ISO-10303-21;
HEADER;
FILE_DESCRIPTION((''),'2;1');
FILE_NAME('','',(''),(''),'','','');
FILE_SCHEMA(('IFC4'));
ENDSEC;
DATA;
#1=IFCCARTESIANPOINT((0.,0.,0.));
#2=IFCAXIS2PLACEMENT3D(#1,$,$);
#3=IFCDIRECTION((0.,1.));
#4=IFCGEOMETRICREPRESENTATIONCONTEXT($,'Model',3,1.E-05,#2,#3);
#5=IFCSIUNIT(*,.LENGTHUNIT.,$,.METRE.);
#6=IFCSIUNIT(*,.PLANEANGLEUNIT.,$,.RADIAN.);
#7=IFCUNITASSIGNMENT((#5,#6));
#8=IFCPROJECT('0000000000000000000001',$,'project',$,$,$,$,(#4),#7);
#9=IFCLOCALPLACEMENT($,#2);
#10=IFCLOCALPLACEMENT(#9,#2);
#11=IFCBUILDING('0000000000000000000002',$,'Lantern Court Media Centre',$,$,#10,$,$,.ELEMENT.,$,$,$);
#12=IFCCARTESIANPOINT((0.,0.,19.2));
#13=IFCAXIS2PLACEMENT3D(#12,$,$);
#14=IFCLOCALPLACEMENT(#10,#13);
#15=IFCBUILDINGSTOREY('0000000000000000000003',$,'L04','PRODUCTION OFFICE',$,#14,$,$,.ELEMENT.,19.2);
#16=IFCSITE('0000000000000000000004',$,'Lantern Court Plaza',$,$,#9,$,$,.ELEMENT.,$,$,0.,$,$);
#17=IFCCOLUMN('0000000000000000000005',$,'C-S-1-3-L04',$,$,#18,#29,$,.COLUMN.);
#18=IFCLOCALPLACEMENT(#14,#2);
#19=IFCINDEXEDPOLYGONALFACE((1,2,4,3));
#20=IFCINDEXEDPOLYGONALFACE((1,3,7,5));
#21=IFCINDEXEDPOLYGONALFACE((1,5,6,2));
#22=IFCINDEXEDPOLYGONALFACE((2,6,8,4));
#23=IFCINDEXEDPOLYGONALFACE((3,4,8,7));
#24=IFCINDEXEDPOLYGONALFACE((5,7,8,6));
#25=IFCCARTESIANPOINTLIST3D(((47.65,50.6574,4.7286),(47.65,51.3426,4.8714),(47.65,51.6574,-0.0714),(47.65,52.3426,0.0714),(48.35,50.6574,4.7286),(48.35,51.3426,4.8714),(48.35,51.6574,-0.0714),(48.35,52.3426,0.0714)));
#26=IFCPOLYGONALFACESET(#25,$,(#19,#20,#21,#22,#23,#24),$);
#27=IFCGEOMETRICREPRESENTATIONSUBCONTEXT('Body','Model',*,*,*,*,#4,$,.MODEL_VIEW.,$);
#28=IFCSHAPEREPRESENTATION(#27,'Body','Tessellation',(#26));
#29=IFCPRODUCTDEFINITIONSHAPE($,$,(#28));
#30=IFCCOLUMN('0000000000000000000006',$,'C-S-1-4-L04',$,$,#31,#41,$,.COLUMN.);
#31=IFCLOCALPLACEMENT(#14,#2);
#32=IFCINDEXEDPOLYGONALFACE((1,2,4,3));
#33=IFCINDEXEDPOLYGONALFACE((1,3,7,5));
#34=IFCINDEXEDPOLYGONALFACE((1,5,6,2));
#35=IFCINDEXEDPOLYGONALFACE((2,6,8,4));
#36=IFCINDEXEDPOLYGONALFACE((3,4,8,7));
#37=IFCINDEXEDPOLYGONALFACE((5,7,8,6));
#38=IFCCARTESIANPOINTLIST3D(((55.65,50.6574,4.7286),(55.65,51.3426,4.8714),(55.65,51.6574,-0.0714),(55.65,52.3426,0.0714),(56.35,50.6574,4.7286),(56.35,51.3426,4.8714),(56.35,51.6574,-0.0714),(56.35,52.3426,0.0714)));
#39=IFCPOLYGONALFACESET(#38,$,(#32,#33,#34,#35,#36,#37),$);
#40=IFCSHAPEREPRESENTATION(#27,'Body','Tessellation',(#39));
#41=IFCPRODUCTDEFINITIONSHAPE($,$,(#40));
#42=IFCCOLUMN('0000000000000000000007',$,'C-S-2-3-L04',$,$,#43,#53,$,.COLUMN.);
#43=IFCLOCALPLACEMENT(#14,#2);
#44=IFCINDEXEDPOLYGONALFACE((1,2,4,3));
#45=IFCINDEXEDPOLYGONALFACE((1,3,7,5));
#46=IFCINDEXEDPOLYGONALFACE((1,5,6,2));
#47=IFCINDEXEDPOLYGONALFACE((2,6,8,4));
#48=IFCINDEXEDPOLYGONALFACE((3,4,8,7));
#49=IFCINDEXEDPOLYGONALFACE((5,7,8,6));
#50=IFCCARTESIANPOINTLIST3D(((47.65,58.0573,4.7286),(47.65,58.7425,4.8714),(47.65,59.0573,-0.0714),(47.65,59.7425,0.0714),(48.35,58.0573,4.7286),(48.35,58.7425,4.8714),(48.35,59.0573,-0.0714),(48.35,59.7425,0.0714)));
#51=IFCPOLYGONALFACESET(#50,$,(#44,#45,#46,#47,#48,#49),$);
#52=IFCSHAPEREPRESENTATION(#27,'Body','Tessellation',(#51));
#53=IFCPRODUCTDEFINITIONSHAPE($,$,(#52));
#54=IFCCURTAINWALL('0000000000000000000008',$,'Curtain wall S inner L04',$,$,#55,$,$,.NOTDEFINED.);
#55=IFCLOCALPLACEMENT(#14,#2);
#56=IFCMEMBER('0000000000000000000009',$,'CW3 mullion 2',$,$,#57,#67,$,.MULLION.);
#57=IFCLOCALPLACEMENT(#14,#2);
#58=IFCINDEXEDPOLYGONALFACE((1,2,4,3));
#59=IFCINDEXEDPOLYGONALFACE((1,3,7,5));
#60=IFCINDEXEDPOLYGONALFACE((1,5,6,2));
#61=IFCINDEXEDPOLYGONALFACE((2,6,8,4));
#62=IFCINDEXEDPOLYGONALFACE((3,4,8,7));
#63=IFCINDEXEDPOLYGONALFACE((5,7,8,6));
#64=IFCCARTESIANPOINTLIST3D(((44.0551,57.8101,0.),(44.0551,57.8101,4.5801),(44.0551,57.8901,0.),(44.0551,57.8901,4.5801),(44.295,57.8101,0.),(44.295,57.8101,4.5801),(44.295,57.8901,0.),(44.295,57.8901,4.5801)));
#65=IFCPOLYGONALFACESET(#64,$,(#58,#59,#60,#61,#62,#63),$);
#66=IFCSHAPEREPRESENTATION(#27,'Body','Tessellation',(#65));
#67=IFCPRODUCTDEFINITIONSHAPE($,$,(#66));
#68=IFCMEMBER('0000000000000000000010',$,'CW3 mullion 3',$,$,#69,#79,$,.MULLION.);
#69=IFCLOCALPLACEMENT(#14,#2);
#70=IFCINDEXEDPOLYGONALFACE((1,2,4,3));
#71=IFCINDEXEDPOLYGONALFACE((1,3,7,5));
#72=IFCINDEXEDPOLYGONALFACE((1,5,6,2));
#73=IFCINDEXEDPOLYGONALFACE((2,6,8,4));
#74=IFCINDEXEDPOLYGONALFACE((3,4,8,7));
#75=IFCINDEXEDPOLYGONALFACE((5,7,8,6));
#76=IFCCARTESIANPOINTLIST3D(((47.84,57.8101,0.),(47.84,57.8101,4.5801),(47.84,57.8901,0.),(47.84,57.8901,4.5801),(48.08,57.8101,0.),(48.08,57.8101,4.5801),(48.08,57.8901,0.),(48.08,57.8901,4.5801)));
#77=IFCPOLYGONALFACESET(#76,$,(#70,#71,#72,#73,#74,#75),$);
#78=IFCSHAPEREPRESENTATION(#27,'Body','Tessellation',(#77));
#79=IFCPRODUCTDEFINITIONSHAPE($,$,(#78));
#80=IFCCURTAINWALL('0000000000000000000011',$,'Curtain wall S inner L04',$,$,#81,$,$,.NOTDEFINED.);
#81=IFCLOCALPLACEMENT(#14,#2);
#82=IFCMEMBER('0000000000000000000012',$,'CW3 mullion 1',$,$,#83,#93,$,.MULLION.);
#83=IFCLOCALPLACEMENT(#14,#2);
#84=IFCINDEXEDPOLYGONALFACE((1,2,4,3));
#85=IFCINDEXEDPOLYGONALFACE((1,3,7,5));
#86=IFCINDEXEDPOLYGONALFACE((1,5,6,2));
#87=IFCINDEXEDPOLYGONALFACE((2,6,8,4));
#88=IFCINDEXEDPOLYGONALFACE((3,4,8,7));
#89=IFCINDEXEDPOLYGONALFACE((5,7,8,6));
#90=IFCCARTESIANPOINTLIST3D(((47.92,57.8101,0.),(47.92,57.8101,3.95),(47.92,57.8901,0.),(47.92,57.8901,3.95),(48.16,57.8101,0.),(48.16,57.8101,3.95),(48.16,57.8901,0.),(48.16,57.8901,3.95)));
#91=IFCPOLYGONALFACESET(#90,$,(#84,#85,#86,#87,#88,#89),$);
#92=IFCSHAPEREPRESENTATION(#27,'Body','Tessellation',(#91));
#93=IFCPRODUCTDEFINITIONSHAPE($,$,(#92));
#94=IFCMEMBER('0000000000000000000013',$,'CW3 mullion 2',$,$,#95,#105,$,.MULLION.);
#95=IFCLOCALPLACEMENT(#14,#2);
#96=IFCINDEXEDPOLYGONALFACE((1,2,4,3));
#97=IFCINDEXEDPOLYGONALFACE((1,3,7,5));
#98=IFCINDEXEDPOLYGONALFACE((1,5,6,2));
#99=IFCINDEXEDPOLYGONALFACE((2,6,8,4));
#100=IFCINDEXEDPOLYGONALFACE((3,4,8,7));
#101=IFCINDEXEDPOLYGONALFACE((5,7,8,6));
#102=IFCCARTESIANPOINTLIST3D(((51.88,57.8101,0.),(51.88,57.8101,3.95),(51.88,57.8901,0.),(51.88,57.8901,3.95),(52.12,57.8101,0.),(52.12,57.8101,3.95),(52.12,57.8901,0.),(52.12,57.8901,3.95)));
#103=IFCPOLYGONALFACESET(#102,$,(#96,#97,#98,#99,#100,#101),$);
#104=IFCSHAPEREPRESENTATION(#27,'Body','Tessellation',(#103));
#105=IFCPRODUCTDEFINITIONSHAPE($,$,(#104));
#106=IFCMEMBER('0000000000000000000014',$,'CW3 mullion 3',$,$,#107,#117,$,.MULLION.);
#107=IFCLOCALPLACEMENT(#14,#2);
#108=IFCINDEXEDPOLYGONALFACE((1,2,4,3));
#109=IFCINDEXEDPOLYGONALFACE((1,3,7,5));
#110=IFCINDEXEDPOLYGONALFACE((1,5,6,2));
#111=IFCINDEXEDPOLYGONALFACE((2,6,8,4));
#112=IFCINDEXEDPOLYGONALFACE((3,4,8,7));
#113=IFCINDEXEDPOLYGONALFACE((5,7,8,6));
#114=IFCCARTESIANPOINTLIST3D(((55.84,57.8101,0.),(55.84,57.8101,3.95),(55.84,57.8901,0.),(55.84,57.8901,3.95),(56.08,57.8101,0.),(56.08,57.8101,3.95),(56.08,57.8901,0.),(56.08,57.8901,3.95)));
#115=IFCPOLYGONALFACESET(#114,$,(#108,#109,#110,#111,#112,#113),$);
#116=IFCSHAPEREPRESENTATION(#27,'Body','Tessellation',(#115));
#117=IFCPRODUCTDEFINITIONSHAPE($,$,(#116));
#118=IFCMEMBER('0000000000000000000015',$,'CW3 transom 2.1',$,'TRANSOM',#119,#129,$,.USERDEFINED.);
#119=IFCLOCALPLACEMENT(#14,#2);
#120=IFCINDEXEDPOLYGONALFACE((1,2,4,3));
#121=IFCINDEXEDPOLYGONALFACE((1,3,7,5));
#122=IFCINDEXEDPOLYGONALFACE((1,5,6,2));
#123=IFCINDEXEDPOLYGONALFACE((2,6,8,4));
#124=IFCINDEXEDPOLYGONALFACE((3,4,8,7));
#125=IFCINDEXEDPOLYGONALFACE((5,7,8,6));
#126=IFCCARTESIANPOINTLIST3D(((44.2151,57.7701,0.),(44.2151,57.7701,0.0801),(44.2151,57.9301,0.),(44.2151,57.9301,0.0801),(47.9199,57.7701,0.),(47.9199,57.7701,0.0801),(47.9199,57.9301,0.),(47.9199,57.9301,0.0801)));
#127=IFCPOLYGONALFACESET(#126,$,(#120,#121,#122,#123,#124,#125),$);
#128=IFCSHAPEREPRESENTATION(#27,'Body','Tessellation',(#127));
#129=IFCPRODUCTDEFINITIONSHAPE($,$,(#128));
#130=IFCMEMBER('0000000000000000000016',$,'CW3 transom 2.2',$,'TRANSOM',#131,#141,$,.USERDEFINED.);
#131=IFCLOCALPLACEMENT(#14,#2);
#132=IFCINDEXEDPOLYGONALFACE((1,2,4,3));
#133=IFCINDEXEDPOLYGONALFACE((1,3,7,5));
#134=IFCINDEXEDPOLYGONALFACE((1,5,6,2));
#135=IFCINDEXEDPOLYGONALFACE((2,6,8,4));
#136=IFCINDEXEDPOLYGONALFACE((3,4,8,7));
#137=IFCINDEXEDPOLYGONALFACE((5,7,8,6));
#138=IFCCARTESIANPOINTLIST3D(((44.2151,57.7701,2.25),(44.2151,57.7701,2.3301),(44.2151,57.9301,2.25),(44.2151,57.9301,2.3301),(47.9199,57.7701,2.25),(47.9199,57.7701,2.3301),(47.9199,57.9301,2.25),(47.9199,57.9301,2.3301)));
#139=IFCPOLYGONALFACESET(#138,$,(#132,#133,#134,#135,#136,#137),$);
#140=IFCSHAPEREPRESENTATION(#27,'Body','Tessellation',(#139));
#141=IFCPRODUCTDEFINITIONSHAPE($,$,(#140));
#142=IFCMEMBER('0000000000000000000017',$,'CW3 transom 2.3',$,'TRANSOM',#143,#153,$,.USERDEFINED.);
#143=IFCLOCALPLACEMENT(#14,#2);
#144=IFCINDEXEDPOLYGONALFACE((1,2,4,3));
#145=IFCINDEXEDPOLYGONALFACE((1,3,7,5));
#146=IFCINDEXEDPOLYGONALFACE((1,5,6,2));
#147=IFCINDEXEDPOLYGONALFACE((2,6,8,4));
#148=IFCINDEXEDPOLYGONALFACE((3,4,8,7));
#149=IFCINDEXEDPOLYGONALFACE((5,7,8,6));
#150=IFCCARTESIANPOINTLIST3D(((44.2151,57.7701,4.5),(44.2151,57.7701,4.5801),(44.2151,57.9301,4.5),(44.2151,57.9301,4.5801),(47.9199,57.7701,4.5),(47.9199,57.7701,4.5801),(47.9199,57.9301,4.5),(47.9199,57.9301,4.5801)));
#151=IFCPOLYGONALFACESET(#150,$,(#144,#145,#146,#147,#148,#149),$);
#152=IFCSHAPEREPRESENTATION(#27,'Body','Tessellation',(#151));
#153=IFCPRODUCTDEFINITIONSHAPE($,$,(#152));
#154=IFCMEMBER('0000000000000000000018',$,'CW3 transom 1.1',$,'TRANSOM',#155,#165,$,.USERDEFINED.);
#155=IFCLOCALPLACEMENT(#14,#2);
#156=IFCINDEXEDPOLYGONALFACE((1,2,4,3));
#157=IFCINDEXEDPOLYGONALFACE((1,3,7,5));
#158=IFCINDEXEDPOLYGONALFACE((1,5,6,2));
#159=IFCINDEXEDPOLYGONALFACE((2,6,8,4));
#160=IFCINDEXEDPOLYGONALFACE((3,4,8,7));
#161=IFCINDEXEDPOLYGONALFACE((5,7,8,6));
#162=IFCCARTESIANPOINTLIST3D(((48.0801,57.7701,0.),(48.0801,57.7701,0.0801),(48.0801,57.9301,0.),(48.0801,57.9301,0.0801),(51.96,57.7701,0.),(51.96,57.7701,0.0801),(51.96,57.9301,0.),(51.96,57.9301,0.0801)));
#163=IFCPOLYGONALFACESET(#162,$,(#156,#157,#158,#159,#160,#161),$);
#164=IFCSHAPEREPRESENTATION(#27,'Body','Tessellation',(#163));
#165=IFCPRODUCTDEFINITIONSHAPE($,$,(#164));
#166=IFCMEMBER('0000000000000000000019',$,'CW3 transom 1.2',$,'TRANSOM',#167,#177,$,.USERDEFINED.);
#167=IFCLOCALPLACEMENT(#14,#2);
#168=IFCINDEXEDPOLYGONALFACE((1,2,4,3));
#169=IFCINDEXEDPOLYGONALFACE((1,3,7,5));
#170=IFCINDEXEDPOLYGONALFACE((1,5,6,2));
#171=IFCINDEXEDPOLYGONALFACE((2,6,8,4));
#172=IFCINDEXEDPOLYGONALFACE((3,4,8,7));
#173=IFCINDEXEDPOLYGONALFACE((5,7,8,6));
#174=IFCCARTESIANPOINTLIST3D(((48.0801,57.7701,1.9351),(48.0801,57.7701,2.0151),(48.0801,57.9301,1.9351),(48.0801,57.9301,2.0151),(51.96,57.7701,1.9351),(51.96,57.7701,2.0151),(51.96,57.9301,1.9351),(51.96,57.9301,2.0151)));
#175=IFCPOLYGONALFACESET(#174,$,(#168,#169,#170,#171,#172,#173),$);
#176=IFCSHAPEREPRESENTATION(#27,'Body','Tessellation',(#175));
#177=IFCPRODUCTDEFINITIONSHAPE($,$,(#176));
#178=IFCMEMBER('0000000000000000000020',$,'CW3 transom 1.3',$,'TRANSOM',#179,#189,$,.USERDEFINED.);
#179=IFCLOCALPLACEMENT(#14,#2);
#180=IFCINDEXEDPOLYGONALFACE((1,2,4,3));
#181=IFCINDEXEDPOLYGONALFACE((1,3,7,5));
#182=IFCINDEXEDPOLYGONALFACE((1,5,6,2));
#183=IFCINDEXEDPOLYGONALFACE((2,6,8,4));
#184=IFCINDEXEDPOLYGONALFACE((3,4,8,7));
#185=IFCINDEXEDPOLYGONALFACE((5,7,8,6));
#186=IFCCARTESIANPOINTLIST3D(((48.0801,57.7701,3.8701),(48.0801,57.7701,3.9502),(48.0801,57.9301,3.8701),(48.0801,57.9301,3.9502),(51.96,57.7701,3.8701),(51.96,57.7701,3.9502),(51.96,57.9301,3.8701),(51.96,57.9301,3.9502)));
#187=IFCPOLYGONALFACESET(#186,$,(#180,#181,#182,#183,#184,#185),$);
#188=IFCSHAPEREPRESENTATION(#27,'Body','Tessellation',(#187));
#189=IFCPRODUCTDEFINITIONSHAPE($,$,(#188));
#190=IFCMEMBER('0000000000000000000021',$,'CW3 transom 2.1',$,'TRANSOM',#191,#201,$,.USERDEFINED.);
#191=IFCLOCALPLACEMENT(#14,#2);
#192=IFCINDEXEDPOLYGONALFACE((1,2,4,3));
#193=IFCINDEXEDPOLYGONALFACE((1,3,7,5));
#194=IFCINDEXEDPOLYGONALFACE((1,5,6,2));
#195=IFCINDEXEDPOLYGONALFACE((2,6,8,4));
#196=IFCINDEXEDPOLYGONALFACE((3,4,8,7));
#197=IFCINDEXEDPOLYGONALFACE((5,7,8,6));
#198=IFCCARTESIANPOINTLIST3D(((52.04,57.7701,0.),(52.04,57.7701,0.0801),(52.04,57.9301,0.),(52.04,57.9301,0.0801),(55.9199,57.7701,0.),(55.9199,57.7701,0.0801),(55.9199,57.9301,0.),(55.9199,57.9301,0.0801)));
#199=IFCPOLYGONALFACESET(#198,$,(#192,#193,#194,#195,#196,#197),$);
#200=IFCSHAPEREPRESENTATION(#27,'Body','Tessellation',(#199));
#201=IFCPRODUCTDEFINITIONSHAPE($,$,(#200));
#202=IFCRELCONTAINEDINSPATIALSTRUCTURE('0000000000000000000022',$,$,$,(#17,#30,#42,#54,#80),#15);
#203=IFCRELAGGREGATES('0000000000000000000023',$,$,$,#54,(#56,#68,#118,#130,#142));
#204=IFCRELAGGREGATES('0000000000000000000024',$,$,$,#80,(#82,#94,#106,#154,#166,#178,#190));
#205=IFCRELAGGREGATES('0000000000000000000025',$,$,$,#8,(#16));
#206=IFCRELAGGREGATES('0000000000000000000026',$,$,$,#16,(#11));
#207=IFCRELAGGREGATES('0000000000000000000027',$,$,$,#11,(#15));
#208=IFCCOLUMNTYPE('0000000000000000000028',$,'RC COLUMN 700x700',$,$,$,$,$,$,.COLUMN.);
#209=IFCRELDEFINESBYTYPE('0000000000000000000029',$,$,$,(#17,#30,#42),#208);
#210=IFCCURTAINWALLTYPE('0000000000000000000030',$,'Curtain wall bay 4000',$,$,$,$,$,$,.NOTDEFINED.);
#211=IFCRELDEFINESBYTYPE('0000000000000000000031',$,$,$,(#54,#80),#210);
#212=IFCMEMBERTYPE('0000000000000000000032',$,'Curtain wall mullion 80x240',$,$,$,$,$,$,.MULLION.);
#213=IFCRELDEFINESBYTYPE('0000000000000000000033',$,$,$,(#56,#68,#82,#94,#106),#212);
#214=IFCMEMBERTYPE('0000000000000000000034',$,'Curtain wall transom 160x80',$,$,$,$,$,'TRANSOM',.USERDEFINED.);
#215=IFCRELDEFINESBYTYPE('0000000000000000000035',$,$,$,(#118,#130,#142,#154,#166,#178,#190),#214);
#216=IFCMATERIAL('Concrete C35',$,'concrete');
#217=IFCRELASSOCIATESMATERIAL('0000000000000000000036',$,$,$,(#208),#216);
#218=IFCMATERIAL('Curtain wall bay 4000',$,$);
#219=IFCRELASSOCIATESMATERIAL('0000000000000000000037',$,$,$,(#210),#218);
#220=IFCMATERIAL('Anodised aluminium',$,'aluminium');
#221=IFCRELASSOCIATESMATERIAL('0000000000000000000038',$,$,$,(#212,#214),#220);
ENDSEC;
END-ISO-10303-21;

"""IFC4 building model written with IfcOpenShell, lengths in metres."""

from ifc_helpers import new_model, si_unit, direction, frame, origin, origin_2d, place, context, subcontext, project, spatial, rectangle, extrude, material, material_profile, profile_set, type_object, element, aggregate, save


model = new_model("IFC4")

# Units and contexts
model_context = context("Model", 3, precision=1e-05, world=origin(), true_north=direction((0.0, 1.0)))
body_context = subcontext(model_context, "Body", "Model", "MODEL_VIEW")
ifc_project = project(units=[si_unit("LENGTHUNIT", "METRE"), si_unit("PLANEANGLEUNIT", "RADIAN")], contexts=[model_context])

# Site, building, storey
site_placement = place(None, origin())
site = spatial("IfcSite", under=ifc_project, at=site_placement, Name="Lantern Court Plaza", CompositionType="ELEMENT", RefElevation=0.0)
building_placement = place(site_placement, origin())
building = spatial("IfcBuilding", under=site, at=building_placement, Name="Lantern Court Media Centre", CompositionType="ELEMENT")
storey_placement = place(building_placement, frame((0.0, 0.0, 19.2)))
storey = spatial("IfcBuildingStorey", under=building, at=storey_placement, Name="L04", Description="PRODUCTION OFFICE", CompositionType="ELEMENT", Elevation=19.2)

# Columns
ifc_material_1 = material(Name="Concrete C35", Category="concrete")
ifc_material_profile_1 = material_profile(ifc_material_1, rectangle(XDim=0.7, YDim=0.7, at=origin_2d()), Name="RC 700x700")
ifc_profile_set_1 = profile_set([ifc_material_profile_1], Name="Concrete C35")
column_type = type_object("IfcColumnType", Name="RC COLUMN 700x700", PredefinedType="COLUMN", material=ifc_profile_set_1)
for number, where, z_axis, x_axis, name in (
    (1, (48.0, 52.0, 0.0), (0.0, -0.203952, 0.978981), (1.0, 0.0, 0.0), "C-S-1-3-L04"),
    (2, (56.0, 52.0, 0.0), (0.0, -0.203952, 0.978981), (1.0, 0.0, 0.0), "C-S-1-4-L04"),
    (3, (48.0, 59.3999, 0.0), (0.0, -0.203952, 0.978981), (1.0, 0.0, 0.0), "C-S-2-3-L04"),
):
    element("IfcColumn", number, at=place(storey_placement, frame(where, z_axis=z_axis, x_axis=x_axis)), inside=storey, type_object=column_type, Name=name, PredefinedType="COLUMN", context=body_context, shape_type="SweptSolid", body=[
        extrude(rectangle(XDim=0.7, YDim=0.7, at=origin_2d()), origin(), (0.0, 0.0, 1.0), 4.9031),
    ])

# Curtain walls, members
ifc_material_2 = material(Name="Curtain wall bay 4000")
curtain_wall_type = type_object("IfcCurtainWallType", Name="Curtain wall bay 4000", PredefinedType="NOTDEFINED", material=ifc_material_2)
curtain_wall_1_placement = place(storey_placement, origin())
curtain_wall_1 = element("IfcCurtainWall", 4, at=curtain_wall_1_placement, inside=storey, type_object=curtain_wall_type, Name="Curtain wall S inner L04", PredefinedType="NOTDEFINED")
ifc_material_3 = material(Name="Anodised aluminium", Category="aluminium")
ifc_material_profile_2 = material_profile(ifc_material_3, rectangle(XDim=0.0801, YDim=0.24, at=origin_2d()), Name="AL 80x240")
ifc_profile_set_2 = profile_set([ifc_material_profile_2], Name="Anodised aluminium")
member_type_1 = type_object("IfcMemberType", Name="Curtain wall mullion 80x240", PredefinedType="MULLION", material=ifc_profile_set_2)
member_1_placement = place(storey_placement, frame((44.175, 57.8501, 0.0), z_axis=(0.0, 0.0, 1.0), x_axis=(0.0, 1.0, 0.0)))
member_1 = element("IfcMember", 5, at=member_1_placement, type_object=member_type_1, Name="CW3 mullion 2", PredefinedType="MULLION", context=body_context, shape_type="SweptSolid", body=[
    extrude(rectangle(XDim=0.0801, YDim=0.24, at=origin_2d()), origin(), (0.0, 0.0, 1.0), 4.5801),
])
member_2_placement = place(storey_placement, frame((47.96, 57.8501, 0.0), z_axis=(0.0, 0.0, 1.0), x_axis=(0.0, 1.0, 0.0)))
member_2 = element("IfcMember", 6, at=member_2_placement, type_object=member_type_1, Name="CW3 mullion 3", PredefinedType="MULLION", context=body_context, shape_type="SweptSolid", body=[
    extrude(rectangle(XDim=0.0801, YDim=0.24, at=origin_2d()), origin(), (0.0, 0.0, 1.0), 4.5801),
])
curtain_wall_2_placement = place(storey_placement, origin())
curtain_wall_2 = element("IfcCurtainWall", 7, at=curtain_wall_2_placement, inside=storey, type_object=curtain_wall_type, Name="Curtain wall S inner L04", PredefinedType="NOTDEFINED")
member_3_placement = place(storey_placement, frame((48.04, 57.8501, 0.0), z_axis=(0.0, 0.0, 1.0), x_axis=(0.0, 1.0, 0.0)))
member_3 = element("IfcMember", 8, at=member_3_placement, type_object=member_type_1, Name="CW3 mullion 1", PredefinedType="MULLION", context=body_context, shape_type="SweptSolid", body=[
    extrude(rectangle(XDim=0.0801, YDim=0.24, at=origin_2d()), origin(), (0.0, 0.0, 1.0), 3.95),
])
member_4_placement = place(storey_placement, frame((52.0, 57.8501, 0.0), z_axis=(0.0, 0.0, 1.0), x_axis=(0.0, 1.0, 0.0)))
member_4 = element("IfcMember", 9, at=member_4_placement, type_object=member_type_1, Name="CW3 mullion 2", PredefinedType="MULLION", context=body_context, shape_type="SweptSolid", body=[
    extrude(rectangle(XDim=0.0801, YDim=0.24, at=origin_2d()), origin(), (0.0, 0.0, 1.0), 3.95),
])
member_5_placement = place(storey_placement, frame((55.96, 57.8501, 0.0), z_axis=(0.0, 0.0, 1.0), x_axis=(0.0, 1.0, 0.0)))
member_5 = element("IfcMember", 10, at=member_5_placement, type_object=member_type_1, Name="CW3 mullion 3", PredefinedType="MULLION", context=body_context, shape_type="SweptSolid", body=[
    extrude(rectangle(XDim=0.0801, YDim=0.24, at=origin_2d()), origin(), (0.0, 0.0, 1.0), 3.95),
])

# Members
ifc_material_profile_3 = material_profile(ifc_material_3, rectangle(XDim=0.1599, YDim=0.0801, at=origin_2d()), Name="AL 80x160")
ifc_profile_set_3 = profile_set([ifc_material_profile_3], Name="Anodised aluminium")
member_type_2 = type_object("IfcMemberType", Name="Curtain wall transom 160x80", ElementType="TRANSOM", PredefinedType="USERDEFINED", material=ifc_profile_set_3)
member_6_placement = place(storey_placement, frame((44.2151, 57.8501, 0.04), z_axis=(1.0, 0.0, 0.0), x_axis=(0.0, 1.0, 0.0)))
member_6 = element("IfcMember", 11, at=member_6_placement, type_object=member_type_2, Name="CW3 transom 2.1", ObjectType="TRANSOM", PredefinedType="USERDEFINED", context=body_context, shape_type="SweptSolid", body=[
    extrude(rectangle(XDim=0.1599, YDim=0.0801, at=origin_2d()), origin(), (0.0, 0.0, 1.0), 3.7048),
])
member_7_placement = place(storey_placement, frame((44.2151, 57.8501, 2.29), z_axis=(1.0, 0.0, 0.0), x_axis=(0.0, 1.0, 0.0)))
member_7 = element("IfcMember", 12, at=member_7_placement, type_object=member_type_2, Name="CW3 transom 2.2", ObjectType="TRANSOM", PredefinedType="USERDEFINED", context=body_context, shape_type="SweptSolid", body=[
    extrude(rectangle(XDim=0.1599, YDim=0.0801, at=origin_2d()), origin(), (0.0, 0.0, 1.0), 3.7048),
])
member_8_placement = place(storey_placement, frame((44.2151, 57.8501, 4.54), z_axis=(1.0, 0.0, 0.0), x_axis=(0.0, 1.0, 0.0)))
member_8 = element("IfcMember", 13, at=member_8_placement, type_object=member_type_2, Name="CW3 transom 2.3", ObjectType="TRANSOM", PredefinedType="USERDEFINED", context=body_context, shape_type="SweptSolid", body=[
    extrude(rectangle(XDim=0.1599, YDim=0.0801, at=origin_2d()), origin(), (0.0, 0.0, 1.0), 3.7048),
])
member_9_placement = place(storey_placement, frame((48.0801, 57.8501, 0.04), z_axis=(1.0, 0.0, 0.0), x_axis=(0.0, 1.0, 0.0)))
member_9 = element("IfcMember", 14, at=member_9_placement, type_object=member_type_2, Name="CW3 transom 1.1", ObjectType="TRANSOM", PredefinedType="USERDEFINED", context=body_context, shape_type="SweptSolid", body=[
    extrude(rectangle(XDim=0.1599, YDim=0.0801, at=origin_2d()), origin(), (0.0, 0.0, 1.0), 3.8799),
])
member_10_placement = place(storey_placement, frame((48.0801, 57.8501, 1.9751), z_axis=(1.0, 0.0, 0.0), x_axis=(0.0, 1.0, 0.0)))
member_10 = element("IfcMember", 15, at=member_10_placement, type_object=member_type_2, Name="CW3 transom 1.2", ObjectType="TRANSOM", PredefinedType="USERDEFINED", context=body_context, shape_type="SweptSolid", body=[
    extrude(rectangle(XDim=0.1599, YDim=0.0801, at=origin_2d()), origin(), (0.0, 0.0, 1.0), 3.8799),
])
member_11_placement = place(storey_placement, frame((48.0801, 57.8501, 3.9102), z_axis=(1.0, 0.0, 0.0), x_axis=(0.0, 1.0, 0.0)))
member_11 = element("IfcMember", 16, at=member_11_placement, type_object=member_type_2, Name="CW3 transom 1.3", ObjectType="TRANSOM", PredefinedType="USERDEFINED", context=body_context, shape_type="SweptSolid", body=[
    extrude(rectangle(XDim=0.1599, YDim=0.0801, at=origin_2d()), origin(), (0.0, 0.0, 1.0), 3.8799),
])
member_12_placement = place(storey_placement, frame((52.04, 57.8501, 0.04), z_axis=(1.0, 0.0, 0.0), x_axis=(0.0, 1.0, 0.0)))
member_12 = element("IfcMember", 17, at=member_12_placement, type_object=member_type_2, Name="CW3 transom 2.1", ObjectType="TRANSOM", PredefinedType="USERDEFINED", context=body_context, shape_type="SweptSolid", body=[
    extrude(rectangle(XDim=0.1599, YDim=0.0801, at=origin_2d()), origin(), (0.0, 0.0, 1.0), 3.8799),
])

aggregate(curtain_wall_1, [member_1, member_2, member_6, member_7, member_8])
aggregate(curtain_wall_2, [member_3, member_4, member_5, member_9, member_10, member_11, member_12])

save(model, "model.ifc")
